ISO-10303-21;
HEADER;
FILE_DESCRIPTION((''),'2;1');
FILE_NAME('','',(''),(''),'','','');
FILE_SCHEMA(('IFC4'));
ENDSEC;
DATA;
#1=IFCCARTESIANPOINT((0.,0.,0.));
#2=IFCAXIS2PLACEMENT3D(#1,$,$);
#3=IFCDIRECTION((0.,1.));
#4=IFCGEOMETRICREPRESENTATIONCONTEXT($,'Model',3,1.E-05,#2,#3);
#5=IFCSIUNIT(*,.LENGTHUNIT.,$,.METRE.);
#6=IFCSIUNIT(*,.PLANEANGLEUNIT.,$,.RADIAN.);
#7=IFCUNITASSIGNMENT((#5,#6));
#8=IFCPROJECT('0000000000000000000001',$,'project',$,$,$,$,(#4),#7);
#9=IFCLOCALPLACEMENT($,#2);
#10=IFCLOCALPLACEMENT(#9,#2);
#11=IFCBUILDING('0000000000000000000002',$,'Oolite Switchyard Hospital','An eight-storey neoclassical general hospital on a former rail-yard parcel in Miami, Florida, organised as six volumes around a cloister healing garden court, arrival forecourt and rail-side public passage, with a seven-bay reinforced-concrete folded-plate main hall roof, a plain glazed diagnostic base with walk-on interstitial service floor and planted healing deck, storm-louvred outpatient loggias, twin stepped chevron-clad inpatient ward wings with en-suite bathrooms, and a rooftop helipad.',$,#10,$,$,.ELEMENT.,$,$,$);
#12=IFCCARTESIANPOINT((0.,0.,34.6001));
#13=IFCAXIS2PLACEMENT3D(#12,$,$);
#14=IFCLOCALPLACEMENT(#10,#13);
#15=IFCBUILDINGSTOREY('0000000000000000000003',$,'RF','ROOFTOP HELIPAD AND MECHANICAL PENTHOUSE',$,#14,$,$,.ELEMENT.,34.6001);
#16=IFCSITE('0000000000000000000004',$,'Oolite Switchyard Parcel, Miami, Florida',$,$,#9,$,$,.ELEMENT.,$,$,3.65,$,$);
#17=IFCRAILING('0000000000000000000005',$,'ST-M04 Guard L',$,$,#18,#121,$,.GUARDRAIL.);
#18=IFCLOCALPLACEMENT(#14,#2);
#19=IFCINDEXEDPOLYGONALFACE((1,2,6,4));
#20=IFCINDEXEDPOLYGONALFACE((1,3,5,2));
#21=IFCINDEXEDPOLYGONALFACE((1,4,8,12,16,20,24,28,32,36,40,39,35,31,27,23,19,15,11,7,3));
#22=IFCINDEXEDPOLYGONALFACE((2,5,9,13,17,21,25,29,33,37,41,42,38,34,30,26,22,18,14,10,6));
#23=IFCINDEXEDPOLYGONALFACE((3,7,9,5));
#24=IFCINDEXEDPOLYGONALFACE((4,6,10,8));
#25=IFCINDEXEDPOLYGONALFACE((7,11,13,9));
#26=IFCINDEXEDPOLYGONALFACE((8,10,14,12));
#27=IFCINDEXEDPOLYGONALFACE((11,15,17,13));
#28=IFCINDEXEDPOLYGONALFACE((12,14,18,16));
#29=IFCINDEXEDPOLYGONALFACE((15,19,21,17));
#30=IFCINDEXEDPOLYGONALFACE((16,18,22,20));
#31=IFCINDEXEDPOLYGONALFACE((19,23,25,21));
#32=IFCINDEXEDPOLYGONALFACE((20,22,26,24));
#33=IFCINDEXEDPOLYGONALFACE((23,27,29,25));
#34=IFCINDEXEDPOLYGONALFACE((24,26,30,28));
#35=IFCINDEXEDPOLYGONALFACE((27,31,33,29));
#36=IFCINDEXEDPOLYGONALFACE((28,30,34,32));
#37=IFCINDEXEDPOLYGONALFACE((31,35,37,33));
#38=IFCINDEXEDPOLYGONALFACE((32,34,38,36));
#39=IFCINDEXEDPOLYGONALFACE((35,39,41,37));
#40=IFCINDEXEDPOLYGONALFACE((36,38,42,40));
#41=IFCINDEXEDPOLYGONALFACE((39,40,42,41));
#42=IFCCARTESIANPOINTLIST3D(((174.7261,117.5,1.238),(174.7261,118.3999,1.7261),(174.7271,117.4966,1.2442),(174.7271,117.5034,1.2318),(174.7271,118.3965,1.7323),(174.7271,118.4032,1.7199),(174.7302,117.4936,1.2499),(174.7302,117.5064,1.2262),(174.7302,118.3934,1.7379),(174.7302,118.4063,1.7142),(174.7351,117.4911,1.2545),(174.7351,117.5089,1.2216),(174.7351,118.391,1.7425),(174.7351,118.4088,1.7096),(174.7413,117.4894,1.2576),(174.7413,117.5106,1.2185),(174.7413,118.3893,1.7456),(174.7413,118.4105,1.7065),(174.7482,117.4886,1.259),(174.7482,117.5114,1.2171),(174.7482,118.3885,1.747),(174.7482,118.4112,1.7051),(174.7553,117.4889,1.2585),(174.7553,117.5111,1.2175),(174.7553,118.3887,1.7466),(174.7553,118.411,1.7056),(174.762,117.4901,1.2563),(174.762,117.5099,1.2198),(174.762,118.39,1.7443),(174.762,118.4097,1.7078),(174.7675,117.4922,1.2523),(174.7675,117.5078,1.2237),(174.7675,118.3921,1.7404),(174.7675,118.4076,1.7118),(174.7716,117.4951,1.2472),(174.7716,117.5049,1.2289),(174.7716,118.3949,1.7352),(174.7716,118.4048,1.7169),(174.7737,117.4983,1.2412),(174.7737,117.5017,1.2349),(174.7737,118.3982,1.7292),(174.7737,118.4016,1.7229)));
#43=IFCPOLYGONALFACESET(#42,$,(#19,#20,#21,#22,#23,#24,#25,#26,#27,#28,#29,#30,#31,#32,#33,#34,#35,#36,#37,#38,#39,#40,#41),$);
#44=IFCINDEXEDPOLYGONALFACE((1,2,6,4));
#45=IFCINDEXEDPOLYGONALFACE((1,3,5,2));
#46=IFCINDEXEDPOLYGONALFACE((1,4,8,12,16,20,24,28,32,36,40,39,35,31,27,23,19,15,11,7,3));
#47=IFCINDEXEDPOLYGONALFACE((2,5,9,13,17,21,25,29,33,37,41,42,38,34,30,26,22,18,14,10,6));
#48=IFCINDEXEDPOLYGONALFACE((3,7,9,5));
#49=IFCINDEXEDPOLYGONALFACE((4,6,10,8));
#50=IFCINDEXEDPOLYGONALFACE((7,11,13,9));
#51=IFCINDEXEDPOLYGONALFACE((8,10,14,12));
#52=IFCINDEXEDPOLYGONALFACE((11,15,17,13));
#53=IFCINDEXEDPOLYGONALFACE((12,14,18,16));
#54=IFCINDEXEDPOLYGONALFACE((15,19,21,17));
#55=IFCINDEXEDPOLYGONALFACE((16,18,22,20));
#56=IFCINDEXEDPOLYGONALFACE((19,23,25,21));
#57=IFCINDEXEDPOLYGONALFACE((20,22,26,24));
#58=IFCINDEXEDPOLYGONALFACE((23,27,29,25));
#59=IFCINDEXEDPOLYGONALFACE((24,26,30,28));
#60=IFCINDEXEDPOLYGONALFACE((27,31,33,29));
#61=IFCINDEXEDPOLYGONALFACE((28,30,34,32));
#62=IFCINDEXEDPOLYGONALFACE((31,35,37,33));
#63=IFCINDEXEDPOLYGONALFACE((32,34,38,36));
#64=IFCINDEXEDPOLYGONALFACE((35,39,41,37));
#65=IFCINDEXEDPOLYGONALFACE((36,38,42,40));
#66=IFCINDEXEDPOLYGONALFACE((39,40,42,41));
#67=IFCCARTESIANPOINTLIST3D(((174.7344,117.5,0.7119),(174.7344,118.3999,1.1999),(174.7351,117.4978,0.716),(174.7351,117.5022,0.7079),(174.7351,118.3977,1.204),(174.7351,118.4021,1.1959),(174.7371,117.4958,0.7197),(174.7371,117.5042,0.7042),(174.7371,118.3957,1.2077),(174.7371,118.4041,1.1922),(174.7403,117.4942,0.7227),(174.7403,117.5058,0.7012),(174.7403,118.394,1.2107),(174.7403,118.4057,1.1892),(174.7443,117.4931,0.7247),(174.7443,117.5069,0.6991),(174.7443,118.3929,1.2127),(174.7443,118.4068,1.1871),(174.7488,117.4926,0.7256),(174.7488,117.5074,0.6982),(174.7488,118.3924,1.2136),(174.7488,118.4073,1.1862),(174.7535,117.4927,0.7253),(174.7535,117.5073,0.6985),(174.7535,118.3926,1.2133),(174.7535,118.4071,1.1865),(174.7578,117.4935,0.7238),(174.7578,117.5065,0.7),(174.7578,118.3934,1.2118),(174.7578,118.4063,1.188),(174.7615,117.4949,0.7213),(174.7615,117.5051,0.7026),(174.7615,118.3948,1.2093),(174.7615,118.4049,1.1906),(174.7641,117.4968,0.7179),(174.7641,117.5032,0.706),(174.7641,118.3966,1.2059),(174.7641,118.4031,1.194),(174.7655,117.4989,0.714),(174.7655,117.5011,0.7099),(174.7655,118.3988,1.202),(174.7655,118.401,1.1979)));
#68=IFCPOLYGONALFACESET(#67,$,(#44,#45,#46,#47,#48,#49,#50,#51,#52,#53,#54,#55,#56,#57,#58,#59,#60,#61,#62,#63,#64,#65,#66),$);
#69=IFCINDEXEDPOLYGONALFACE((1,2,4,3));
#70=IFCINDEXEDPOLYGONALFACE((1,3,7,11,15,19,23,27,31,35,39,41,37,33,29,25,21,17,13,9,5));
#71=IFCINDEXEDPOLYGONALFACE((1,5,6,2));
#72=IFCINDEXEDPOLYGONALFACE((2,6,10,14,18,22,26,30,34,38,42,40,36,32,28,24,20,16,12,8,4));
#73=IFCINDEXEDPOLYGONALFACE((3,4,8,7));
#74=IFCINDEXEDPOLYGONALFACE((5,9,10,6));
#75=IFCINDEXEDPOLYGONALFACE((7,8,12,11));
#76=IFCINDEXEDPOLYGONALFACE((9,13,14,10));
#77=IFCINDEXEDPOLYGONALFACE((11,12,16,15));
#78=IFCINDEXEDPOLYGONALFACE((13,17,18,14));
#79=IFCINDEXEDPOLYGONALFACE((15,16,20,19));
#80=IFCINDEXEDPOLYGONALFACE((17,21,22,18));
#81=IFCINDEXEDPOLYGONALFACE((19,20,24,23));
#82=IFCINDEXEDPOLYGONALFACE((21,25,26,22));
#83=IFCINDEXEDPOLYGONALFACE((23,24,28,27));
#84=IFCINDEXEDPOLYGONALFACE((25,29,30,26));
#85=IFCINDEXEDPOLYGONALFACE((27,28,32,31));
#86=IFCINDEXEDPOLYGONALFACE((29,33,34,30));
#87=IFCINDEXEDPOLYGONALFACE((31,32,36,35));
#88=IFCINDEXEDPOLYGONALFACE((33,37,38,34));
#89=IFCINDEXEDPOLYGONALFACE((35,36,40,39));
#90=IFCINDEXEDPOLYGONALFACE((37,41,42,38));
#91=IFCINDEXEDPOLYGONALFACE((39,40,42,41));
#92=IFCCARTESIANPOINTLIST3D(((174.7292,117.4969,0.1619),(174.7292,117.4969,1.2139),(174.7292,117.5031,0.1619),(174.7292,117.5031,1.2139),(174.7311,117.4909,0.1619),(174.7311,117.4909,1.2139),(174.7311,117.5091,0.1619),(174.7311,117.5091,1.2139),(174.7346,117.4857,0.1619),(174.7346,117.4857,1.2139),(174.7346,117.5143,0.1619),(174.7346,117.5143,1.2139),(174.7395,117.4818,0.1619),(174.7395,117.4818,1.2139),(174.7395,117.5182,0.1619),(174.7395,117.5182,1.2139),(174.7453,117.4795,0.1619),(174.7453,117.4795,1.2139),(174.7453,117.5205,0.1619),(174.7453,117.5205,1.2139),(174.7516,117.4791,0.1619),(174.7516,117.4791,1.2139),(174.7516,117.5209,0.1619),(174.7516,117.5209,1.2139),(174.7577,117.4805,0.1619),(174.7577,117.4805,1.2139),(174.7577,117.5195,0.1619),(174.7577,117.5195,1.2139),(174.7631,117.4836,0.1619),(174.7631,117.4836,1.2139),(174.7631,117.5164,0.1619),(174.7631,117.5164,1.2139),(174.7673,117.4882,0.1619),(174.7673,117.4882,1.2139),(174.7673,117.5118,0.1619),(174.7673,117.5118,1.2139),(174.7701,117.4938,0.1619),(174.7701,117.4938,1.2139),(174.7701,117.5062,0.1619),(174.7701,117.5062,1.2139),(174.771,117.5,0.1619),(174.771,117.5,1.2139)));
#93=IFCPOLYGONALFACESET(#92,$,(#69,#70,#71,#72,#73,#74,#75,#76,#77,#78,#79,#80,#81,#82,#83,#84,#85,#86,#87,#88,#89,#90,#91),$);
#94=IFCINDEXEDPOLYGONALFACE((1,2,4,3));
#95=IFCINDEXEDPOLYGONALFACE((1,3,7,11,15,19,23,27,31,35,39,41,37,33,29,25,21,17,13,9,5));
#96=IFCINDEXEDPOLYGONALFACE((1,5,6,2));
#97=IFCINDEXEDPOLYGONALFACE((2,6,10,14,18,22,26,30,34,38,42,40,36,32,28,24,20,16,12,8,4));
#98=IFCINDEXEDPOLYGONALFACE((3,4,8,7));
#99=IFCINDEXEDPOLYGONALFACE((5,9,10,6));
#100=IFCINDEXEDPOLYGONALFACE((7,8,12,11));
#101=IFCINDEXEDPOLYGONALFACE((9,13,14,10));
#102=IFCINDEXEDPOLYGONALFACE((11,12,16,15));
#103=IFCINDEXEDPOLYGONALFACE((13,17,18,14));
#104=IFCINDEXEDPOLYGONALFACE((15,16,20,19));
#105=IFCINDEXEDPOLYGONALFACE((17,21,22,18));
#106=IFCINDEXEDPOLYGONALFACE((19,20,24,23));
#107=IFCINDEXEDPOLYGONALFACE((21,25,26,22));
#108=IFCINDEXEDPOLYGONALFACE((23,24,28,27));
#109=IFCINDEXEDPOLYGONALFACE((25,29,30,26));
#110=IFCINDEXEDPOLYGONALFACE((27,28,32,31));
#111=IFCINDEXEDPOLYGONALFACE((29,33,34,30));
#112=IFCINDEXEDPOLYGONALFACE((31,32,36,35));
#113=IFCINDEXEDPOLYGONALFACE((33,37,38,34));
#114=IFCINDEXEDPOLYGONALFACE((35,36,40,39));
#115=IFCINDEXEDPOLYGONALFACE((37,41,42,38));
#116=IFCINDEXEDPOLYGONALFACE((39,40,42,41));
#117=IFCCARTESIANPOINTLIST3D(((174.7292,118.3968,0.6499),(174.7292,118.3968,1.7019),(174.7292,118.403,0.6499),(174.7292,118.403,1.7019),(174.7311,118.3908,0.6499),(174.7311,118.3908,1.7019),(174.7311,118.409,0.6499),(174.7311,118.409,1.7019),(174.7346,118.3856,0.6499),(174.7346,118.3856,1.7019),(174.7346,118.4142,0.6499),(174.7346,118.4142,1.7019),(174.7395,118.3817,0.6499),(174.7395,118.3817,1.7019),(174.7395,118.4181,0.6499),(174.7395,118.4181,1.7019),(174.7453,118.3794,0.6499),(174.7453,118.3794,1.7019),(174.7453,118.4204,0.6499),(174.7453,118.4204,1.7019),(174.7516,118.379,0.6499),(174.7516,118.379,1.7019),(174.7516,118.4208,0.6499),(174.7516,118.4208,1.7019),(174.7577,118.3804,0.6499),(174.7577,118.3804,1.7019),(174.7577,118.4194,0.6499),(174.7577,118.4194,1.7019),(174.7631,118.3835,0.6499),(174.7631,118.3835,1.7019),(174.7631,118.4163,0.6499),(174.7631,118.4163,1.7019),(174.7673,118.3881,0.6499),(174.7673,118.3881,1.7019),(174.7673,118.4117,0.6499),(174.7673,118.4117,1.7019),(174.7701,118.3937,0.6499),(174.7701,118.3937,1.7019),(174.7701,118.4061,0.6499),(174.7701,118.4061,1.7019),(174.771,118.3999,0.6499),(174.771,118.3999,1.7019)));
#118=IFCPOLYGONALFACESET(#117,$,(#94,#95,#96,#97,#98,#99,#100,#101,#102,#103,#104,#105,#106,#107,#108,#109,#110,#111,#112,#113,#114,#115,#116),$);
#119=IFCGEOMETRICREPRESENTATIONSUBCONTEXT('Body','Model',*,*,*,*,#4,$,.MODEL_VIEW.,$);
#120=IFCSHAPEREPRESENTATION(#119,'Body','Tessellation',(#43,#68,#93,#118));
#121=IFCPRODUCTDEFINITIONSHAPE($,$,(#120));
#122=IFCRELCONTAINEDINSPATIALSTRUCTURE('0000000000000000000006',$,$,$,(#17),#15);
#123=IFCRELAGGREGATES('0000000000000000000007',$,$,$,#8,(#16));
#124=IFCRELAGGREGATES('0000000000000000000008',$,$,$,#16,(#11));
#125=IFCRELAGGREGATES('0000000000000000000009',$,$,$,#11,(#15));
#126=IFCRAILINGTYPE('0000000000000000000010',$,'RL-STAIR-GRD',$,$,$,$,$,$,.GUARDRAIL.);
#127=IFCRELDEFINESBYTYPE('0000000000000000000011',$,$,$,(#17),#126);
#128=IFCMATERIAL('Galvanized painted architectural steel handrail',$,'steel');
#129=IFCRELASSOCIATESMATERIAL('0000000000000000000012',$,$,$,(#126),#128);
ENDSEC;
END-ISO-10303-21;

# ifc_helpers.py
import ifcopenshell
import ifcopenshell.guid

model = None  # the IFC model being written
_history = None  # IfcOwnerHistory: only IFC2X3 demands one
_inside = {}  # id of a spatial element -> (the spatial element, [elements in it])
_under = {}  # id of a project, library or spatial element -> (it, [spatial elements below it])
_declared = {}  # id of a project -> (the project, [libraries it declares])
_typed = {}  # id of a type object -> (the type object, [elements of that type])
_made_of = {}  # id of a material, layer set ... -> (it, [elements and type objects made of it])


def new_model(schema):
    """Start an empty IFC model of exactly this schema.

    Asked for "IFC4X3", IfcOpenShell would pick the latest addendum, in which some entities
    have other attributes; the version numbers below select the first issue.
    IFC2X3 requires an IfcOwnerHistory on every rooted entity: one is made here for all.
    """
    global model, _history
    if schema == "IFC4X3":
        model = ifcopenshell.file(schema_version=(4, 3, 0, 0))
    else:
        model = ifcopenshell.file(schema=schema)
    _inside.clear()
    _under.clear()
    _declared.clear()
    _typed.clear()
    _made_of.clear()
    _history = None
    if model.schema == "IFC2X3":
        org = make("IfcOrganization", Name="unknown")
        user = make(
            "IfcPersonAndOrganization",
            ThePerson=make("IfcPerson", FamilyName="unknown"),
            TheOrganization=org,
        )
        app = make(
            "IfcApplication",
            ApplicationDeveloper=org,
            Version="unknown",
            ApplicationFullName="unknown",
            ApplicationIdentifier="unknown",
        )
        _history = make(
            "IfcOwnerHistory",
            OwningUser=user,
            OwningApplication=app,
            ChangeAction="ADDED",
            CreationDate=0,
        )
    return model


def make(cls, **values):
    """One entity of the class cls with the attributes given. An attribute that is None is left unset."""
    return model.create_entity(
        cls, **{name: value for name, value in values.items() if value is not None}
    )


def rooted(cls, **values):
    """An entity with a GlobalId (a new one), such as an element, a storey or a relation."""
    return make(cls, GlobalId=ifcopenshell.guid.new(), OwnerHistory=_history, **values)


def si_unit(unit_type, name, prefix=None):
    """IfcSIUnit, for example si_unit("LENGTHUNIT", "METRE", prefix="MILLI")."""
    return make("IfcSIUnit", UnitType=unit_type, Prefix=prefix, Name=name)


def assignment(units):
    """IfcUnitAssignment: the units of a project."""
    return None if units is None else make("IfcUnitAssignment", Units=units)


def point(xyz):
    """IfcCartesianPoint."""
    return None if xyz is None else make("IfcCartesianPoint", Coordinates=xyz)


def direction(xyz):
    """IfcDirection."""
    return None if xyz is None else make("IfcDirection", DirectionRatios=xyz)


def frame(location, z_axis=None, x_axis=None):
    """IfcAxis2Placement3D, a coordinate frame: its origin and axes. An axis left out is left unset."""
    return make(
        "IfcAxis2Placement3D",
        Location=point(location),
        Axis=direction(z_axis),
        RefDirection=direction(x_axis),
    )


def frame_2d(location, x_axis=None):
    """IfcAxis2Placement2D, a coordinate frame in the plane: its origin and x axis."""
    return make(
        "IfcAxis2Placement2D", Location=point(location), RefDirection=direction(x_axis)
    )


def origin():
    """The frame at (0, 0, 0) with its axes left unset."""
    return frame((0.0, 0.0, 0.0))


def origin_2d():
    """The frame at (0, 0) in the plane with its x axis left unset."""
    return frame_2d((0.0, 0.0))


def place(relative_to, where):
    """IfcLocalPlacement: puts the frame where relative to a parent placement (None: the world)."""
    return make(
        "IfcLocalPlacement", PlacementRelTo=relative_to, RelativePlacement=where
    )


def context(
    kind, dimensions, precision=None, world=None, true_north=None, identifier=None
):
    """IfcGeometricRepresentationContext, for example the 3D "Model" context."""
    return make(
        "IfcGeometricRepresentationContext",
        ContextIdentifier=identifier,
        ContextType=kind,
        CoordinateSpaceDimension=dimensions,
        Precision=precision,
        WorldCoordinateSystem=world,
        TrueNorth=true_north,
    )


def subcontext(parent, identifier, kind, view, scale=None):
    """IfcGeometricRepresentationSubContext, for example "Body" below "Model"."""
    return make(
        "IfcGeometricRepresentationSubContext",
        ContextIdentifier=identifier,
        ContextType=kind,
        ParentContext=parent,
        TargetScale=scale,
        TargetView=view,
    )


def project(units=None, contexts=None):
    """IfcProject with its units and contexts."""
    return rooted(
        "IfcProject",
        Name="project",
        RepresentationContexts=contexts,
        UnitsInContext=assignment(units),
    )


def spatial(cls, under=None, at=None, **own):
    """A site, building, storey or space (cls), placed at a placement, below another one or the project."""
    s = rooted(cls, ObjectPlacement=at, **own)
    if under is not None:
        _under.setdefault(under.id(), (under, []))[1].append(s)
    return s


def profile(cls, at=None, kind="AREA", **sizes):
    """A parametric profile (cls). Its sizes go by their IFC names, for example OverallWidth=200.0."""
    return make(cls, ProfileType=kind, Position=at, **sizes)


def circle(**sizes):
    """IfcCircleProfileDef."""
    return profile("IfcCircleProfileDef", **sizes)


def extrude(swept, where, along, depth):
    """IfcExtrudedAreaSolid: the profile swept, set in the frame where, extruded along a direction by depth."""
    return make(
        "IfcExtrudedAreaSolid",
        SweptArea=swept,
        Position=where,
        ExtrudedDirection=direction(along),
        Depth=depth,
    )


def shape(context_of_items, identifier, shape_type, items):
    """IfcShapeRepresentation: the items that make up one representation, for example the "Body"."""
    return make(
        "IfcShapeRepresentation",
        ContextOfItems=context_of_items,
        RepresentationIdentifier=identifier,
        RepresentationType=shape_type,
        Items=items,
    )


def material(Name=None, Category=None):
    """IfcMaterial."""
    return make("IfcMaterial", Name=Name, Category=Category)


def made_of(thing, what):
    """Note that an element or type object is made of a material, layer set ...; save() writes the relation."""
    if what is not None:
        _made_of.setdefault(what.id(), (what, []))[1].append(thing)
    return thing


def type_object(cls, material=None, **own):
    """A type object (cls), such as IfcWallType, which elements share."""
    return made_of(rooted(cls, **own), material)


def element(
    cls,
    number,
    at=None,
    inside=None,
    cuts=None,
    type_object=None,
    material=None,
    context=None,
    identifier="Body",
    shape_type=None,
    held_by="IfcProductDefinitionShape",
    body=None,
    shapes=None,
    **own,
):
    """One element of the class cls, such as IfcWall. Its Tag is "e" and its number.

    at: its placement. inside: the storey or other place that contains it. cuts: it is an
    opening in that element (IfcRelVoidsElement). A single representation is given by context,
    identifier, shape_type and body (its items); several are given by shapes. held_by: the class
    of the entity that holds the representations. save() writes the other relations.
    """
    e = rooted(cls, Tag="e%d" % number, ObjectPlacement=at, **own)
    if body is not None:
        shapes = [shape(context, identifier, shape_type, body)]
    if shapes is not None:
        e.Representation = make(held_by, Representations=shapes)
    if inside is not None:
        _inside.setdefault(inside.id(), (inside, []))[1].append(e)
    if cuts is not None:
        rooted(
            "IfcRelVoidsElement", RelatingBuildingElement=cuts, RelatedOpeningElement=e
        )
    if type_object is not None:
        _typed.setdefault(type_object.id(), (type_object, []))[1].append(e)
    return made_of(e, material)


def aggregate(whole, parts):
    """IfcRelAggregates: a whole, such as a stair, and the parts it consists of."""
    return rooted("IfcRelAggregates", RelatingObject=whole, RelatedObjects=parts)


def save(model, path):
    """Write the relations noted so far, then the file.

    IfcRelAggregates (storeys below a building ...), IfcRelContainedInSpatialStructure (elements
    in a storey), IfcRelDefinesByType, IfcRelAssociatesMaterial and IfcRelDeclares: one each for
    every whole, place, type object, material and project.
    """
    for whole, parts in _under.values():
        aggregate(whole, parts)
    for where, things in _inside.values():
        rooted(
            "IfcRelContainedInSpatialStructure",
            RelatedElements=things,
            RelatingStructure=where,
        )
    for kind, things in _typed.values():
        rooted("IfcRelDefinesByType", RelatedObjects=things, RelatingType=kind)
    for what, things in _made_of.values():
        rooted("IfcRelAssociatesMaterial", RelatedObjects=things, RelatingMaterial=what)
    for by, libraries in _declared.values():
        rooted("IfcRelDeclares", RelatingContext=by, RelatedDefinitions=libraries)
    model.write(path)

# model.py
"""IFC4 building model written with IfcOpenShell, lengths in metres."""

from ifc_helpers import new_model, si_unit, direction, frame, origin, origin_2d, place, context, subcontext, project, spatial, circle, extrude, material, type_object, element, save


model = new_model("IFC4")

# Units and contexts
model_context = context("Model", 3, precision=1e-05, world=origin(), true_north=direction((0.0, 1.0)))
body_context = subcontext(model_context, "Body", "Model", "MODEL_VIEW")
ifc_project = project(units=[si_unit("LENGTHUNIT", "METRE"), si_unit("PLANEANGLEUNIT", "RADIAN")], contexts=[model_context])

# Site, building, storey
site_placement = place(None, origin())
site = spatial("IfcSite", under=ifc_project, at=site_placement, Name="Oolite Switchyard Parcel, Miami, Florida", CompositionType="ELEMENT", RefElevation=3.65)
building_placement = place(site_placement, origin())
building = spatial("IfcBuilding", under=site, at=building_placement, Name="Oolite Switchyard Hospital", Description="An eight-storey neoclassical general hospital on a former rail-yard parcel in Miami, Florida, organised as six volumes around a cloister healing garden court, arrival forecourt and rail-side public passage, with a seven-bay reinforced-concrete folded-plate main hall roof, a plain glazed diagnostic base with walk-on interstitial service floor and planted healing deck, storm-louvred outpatient loggias, twin stepped chevron-clad inpatient ward wings with en-suite bathrooms, and a rooftop helipad.", CompositionType="ELEMENT")
storey_placement = place(building_placement, frame((0.0, 0.0, 34.6001)))
storey = spatial("IfcBuildingStorey", under=building, at=storey_placement, Name="RF", Description="ROOFTOP HELIPAD AND MECHANICAL PENTHOUSE", CompositionType="ELEMENT", Elevation=34.6001)

# Railing
ifc_material_1 = material(Name="Galvanized painted architectural steel handrail", Category="steel")
railing_type_1 = type_object("IfcRailingType", Name="RL-STAIR-GRD", PredefinedType="GUARDRAIL", material=ifc_material_1)
for number, where, name in (
    (1, (174.75, 117.5, 0.1619), "ST-M04 Guard L"),
):
    element("IfcRailing", number, at=place(storey_placement, frame(where)), inside=storey, type_object=railing_type_1, Name=name, PredefinedType="GUARDRAIL", context=body_context, shape_type="SweptSolid", body=[
        extrude(circle(Radius=0.0239, at=origin_2d()), frame((0.0, 0.0, 1.0762), z_axis=(0.0, 0.87905, 0.476729), x_axis=(-1.0, 0.0, 0.0)), (0.0, 0.0, 1.0), 1.0237),
        extrude(circle(Radius=0.0156, at=origin_2d()), frame((0.0, 0.0, 0.55), z_axis=(0.0, 0.87905, 0.476729), x_axis=(-1.0, 0.0, 0.0)), (0.0, 0.0, 1.0), 1.0237),
        extrude(circle(Radius=0.021, at=origin_2d()), origin(), (0.0, 0.0, 1.0), 1.052),
        extrude(circle(Radius=0.021, at=origin_2d()), frame((0.0, 0.8999, 0.488)), (0.0, 0.0, 1.0), 1.052),
    ])

save(model, "model.ifc")
